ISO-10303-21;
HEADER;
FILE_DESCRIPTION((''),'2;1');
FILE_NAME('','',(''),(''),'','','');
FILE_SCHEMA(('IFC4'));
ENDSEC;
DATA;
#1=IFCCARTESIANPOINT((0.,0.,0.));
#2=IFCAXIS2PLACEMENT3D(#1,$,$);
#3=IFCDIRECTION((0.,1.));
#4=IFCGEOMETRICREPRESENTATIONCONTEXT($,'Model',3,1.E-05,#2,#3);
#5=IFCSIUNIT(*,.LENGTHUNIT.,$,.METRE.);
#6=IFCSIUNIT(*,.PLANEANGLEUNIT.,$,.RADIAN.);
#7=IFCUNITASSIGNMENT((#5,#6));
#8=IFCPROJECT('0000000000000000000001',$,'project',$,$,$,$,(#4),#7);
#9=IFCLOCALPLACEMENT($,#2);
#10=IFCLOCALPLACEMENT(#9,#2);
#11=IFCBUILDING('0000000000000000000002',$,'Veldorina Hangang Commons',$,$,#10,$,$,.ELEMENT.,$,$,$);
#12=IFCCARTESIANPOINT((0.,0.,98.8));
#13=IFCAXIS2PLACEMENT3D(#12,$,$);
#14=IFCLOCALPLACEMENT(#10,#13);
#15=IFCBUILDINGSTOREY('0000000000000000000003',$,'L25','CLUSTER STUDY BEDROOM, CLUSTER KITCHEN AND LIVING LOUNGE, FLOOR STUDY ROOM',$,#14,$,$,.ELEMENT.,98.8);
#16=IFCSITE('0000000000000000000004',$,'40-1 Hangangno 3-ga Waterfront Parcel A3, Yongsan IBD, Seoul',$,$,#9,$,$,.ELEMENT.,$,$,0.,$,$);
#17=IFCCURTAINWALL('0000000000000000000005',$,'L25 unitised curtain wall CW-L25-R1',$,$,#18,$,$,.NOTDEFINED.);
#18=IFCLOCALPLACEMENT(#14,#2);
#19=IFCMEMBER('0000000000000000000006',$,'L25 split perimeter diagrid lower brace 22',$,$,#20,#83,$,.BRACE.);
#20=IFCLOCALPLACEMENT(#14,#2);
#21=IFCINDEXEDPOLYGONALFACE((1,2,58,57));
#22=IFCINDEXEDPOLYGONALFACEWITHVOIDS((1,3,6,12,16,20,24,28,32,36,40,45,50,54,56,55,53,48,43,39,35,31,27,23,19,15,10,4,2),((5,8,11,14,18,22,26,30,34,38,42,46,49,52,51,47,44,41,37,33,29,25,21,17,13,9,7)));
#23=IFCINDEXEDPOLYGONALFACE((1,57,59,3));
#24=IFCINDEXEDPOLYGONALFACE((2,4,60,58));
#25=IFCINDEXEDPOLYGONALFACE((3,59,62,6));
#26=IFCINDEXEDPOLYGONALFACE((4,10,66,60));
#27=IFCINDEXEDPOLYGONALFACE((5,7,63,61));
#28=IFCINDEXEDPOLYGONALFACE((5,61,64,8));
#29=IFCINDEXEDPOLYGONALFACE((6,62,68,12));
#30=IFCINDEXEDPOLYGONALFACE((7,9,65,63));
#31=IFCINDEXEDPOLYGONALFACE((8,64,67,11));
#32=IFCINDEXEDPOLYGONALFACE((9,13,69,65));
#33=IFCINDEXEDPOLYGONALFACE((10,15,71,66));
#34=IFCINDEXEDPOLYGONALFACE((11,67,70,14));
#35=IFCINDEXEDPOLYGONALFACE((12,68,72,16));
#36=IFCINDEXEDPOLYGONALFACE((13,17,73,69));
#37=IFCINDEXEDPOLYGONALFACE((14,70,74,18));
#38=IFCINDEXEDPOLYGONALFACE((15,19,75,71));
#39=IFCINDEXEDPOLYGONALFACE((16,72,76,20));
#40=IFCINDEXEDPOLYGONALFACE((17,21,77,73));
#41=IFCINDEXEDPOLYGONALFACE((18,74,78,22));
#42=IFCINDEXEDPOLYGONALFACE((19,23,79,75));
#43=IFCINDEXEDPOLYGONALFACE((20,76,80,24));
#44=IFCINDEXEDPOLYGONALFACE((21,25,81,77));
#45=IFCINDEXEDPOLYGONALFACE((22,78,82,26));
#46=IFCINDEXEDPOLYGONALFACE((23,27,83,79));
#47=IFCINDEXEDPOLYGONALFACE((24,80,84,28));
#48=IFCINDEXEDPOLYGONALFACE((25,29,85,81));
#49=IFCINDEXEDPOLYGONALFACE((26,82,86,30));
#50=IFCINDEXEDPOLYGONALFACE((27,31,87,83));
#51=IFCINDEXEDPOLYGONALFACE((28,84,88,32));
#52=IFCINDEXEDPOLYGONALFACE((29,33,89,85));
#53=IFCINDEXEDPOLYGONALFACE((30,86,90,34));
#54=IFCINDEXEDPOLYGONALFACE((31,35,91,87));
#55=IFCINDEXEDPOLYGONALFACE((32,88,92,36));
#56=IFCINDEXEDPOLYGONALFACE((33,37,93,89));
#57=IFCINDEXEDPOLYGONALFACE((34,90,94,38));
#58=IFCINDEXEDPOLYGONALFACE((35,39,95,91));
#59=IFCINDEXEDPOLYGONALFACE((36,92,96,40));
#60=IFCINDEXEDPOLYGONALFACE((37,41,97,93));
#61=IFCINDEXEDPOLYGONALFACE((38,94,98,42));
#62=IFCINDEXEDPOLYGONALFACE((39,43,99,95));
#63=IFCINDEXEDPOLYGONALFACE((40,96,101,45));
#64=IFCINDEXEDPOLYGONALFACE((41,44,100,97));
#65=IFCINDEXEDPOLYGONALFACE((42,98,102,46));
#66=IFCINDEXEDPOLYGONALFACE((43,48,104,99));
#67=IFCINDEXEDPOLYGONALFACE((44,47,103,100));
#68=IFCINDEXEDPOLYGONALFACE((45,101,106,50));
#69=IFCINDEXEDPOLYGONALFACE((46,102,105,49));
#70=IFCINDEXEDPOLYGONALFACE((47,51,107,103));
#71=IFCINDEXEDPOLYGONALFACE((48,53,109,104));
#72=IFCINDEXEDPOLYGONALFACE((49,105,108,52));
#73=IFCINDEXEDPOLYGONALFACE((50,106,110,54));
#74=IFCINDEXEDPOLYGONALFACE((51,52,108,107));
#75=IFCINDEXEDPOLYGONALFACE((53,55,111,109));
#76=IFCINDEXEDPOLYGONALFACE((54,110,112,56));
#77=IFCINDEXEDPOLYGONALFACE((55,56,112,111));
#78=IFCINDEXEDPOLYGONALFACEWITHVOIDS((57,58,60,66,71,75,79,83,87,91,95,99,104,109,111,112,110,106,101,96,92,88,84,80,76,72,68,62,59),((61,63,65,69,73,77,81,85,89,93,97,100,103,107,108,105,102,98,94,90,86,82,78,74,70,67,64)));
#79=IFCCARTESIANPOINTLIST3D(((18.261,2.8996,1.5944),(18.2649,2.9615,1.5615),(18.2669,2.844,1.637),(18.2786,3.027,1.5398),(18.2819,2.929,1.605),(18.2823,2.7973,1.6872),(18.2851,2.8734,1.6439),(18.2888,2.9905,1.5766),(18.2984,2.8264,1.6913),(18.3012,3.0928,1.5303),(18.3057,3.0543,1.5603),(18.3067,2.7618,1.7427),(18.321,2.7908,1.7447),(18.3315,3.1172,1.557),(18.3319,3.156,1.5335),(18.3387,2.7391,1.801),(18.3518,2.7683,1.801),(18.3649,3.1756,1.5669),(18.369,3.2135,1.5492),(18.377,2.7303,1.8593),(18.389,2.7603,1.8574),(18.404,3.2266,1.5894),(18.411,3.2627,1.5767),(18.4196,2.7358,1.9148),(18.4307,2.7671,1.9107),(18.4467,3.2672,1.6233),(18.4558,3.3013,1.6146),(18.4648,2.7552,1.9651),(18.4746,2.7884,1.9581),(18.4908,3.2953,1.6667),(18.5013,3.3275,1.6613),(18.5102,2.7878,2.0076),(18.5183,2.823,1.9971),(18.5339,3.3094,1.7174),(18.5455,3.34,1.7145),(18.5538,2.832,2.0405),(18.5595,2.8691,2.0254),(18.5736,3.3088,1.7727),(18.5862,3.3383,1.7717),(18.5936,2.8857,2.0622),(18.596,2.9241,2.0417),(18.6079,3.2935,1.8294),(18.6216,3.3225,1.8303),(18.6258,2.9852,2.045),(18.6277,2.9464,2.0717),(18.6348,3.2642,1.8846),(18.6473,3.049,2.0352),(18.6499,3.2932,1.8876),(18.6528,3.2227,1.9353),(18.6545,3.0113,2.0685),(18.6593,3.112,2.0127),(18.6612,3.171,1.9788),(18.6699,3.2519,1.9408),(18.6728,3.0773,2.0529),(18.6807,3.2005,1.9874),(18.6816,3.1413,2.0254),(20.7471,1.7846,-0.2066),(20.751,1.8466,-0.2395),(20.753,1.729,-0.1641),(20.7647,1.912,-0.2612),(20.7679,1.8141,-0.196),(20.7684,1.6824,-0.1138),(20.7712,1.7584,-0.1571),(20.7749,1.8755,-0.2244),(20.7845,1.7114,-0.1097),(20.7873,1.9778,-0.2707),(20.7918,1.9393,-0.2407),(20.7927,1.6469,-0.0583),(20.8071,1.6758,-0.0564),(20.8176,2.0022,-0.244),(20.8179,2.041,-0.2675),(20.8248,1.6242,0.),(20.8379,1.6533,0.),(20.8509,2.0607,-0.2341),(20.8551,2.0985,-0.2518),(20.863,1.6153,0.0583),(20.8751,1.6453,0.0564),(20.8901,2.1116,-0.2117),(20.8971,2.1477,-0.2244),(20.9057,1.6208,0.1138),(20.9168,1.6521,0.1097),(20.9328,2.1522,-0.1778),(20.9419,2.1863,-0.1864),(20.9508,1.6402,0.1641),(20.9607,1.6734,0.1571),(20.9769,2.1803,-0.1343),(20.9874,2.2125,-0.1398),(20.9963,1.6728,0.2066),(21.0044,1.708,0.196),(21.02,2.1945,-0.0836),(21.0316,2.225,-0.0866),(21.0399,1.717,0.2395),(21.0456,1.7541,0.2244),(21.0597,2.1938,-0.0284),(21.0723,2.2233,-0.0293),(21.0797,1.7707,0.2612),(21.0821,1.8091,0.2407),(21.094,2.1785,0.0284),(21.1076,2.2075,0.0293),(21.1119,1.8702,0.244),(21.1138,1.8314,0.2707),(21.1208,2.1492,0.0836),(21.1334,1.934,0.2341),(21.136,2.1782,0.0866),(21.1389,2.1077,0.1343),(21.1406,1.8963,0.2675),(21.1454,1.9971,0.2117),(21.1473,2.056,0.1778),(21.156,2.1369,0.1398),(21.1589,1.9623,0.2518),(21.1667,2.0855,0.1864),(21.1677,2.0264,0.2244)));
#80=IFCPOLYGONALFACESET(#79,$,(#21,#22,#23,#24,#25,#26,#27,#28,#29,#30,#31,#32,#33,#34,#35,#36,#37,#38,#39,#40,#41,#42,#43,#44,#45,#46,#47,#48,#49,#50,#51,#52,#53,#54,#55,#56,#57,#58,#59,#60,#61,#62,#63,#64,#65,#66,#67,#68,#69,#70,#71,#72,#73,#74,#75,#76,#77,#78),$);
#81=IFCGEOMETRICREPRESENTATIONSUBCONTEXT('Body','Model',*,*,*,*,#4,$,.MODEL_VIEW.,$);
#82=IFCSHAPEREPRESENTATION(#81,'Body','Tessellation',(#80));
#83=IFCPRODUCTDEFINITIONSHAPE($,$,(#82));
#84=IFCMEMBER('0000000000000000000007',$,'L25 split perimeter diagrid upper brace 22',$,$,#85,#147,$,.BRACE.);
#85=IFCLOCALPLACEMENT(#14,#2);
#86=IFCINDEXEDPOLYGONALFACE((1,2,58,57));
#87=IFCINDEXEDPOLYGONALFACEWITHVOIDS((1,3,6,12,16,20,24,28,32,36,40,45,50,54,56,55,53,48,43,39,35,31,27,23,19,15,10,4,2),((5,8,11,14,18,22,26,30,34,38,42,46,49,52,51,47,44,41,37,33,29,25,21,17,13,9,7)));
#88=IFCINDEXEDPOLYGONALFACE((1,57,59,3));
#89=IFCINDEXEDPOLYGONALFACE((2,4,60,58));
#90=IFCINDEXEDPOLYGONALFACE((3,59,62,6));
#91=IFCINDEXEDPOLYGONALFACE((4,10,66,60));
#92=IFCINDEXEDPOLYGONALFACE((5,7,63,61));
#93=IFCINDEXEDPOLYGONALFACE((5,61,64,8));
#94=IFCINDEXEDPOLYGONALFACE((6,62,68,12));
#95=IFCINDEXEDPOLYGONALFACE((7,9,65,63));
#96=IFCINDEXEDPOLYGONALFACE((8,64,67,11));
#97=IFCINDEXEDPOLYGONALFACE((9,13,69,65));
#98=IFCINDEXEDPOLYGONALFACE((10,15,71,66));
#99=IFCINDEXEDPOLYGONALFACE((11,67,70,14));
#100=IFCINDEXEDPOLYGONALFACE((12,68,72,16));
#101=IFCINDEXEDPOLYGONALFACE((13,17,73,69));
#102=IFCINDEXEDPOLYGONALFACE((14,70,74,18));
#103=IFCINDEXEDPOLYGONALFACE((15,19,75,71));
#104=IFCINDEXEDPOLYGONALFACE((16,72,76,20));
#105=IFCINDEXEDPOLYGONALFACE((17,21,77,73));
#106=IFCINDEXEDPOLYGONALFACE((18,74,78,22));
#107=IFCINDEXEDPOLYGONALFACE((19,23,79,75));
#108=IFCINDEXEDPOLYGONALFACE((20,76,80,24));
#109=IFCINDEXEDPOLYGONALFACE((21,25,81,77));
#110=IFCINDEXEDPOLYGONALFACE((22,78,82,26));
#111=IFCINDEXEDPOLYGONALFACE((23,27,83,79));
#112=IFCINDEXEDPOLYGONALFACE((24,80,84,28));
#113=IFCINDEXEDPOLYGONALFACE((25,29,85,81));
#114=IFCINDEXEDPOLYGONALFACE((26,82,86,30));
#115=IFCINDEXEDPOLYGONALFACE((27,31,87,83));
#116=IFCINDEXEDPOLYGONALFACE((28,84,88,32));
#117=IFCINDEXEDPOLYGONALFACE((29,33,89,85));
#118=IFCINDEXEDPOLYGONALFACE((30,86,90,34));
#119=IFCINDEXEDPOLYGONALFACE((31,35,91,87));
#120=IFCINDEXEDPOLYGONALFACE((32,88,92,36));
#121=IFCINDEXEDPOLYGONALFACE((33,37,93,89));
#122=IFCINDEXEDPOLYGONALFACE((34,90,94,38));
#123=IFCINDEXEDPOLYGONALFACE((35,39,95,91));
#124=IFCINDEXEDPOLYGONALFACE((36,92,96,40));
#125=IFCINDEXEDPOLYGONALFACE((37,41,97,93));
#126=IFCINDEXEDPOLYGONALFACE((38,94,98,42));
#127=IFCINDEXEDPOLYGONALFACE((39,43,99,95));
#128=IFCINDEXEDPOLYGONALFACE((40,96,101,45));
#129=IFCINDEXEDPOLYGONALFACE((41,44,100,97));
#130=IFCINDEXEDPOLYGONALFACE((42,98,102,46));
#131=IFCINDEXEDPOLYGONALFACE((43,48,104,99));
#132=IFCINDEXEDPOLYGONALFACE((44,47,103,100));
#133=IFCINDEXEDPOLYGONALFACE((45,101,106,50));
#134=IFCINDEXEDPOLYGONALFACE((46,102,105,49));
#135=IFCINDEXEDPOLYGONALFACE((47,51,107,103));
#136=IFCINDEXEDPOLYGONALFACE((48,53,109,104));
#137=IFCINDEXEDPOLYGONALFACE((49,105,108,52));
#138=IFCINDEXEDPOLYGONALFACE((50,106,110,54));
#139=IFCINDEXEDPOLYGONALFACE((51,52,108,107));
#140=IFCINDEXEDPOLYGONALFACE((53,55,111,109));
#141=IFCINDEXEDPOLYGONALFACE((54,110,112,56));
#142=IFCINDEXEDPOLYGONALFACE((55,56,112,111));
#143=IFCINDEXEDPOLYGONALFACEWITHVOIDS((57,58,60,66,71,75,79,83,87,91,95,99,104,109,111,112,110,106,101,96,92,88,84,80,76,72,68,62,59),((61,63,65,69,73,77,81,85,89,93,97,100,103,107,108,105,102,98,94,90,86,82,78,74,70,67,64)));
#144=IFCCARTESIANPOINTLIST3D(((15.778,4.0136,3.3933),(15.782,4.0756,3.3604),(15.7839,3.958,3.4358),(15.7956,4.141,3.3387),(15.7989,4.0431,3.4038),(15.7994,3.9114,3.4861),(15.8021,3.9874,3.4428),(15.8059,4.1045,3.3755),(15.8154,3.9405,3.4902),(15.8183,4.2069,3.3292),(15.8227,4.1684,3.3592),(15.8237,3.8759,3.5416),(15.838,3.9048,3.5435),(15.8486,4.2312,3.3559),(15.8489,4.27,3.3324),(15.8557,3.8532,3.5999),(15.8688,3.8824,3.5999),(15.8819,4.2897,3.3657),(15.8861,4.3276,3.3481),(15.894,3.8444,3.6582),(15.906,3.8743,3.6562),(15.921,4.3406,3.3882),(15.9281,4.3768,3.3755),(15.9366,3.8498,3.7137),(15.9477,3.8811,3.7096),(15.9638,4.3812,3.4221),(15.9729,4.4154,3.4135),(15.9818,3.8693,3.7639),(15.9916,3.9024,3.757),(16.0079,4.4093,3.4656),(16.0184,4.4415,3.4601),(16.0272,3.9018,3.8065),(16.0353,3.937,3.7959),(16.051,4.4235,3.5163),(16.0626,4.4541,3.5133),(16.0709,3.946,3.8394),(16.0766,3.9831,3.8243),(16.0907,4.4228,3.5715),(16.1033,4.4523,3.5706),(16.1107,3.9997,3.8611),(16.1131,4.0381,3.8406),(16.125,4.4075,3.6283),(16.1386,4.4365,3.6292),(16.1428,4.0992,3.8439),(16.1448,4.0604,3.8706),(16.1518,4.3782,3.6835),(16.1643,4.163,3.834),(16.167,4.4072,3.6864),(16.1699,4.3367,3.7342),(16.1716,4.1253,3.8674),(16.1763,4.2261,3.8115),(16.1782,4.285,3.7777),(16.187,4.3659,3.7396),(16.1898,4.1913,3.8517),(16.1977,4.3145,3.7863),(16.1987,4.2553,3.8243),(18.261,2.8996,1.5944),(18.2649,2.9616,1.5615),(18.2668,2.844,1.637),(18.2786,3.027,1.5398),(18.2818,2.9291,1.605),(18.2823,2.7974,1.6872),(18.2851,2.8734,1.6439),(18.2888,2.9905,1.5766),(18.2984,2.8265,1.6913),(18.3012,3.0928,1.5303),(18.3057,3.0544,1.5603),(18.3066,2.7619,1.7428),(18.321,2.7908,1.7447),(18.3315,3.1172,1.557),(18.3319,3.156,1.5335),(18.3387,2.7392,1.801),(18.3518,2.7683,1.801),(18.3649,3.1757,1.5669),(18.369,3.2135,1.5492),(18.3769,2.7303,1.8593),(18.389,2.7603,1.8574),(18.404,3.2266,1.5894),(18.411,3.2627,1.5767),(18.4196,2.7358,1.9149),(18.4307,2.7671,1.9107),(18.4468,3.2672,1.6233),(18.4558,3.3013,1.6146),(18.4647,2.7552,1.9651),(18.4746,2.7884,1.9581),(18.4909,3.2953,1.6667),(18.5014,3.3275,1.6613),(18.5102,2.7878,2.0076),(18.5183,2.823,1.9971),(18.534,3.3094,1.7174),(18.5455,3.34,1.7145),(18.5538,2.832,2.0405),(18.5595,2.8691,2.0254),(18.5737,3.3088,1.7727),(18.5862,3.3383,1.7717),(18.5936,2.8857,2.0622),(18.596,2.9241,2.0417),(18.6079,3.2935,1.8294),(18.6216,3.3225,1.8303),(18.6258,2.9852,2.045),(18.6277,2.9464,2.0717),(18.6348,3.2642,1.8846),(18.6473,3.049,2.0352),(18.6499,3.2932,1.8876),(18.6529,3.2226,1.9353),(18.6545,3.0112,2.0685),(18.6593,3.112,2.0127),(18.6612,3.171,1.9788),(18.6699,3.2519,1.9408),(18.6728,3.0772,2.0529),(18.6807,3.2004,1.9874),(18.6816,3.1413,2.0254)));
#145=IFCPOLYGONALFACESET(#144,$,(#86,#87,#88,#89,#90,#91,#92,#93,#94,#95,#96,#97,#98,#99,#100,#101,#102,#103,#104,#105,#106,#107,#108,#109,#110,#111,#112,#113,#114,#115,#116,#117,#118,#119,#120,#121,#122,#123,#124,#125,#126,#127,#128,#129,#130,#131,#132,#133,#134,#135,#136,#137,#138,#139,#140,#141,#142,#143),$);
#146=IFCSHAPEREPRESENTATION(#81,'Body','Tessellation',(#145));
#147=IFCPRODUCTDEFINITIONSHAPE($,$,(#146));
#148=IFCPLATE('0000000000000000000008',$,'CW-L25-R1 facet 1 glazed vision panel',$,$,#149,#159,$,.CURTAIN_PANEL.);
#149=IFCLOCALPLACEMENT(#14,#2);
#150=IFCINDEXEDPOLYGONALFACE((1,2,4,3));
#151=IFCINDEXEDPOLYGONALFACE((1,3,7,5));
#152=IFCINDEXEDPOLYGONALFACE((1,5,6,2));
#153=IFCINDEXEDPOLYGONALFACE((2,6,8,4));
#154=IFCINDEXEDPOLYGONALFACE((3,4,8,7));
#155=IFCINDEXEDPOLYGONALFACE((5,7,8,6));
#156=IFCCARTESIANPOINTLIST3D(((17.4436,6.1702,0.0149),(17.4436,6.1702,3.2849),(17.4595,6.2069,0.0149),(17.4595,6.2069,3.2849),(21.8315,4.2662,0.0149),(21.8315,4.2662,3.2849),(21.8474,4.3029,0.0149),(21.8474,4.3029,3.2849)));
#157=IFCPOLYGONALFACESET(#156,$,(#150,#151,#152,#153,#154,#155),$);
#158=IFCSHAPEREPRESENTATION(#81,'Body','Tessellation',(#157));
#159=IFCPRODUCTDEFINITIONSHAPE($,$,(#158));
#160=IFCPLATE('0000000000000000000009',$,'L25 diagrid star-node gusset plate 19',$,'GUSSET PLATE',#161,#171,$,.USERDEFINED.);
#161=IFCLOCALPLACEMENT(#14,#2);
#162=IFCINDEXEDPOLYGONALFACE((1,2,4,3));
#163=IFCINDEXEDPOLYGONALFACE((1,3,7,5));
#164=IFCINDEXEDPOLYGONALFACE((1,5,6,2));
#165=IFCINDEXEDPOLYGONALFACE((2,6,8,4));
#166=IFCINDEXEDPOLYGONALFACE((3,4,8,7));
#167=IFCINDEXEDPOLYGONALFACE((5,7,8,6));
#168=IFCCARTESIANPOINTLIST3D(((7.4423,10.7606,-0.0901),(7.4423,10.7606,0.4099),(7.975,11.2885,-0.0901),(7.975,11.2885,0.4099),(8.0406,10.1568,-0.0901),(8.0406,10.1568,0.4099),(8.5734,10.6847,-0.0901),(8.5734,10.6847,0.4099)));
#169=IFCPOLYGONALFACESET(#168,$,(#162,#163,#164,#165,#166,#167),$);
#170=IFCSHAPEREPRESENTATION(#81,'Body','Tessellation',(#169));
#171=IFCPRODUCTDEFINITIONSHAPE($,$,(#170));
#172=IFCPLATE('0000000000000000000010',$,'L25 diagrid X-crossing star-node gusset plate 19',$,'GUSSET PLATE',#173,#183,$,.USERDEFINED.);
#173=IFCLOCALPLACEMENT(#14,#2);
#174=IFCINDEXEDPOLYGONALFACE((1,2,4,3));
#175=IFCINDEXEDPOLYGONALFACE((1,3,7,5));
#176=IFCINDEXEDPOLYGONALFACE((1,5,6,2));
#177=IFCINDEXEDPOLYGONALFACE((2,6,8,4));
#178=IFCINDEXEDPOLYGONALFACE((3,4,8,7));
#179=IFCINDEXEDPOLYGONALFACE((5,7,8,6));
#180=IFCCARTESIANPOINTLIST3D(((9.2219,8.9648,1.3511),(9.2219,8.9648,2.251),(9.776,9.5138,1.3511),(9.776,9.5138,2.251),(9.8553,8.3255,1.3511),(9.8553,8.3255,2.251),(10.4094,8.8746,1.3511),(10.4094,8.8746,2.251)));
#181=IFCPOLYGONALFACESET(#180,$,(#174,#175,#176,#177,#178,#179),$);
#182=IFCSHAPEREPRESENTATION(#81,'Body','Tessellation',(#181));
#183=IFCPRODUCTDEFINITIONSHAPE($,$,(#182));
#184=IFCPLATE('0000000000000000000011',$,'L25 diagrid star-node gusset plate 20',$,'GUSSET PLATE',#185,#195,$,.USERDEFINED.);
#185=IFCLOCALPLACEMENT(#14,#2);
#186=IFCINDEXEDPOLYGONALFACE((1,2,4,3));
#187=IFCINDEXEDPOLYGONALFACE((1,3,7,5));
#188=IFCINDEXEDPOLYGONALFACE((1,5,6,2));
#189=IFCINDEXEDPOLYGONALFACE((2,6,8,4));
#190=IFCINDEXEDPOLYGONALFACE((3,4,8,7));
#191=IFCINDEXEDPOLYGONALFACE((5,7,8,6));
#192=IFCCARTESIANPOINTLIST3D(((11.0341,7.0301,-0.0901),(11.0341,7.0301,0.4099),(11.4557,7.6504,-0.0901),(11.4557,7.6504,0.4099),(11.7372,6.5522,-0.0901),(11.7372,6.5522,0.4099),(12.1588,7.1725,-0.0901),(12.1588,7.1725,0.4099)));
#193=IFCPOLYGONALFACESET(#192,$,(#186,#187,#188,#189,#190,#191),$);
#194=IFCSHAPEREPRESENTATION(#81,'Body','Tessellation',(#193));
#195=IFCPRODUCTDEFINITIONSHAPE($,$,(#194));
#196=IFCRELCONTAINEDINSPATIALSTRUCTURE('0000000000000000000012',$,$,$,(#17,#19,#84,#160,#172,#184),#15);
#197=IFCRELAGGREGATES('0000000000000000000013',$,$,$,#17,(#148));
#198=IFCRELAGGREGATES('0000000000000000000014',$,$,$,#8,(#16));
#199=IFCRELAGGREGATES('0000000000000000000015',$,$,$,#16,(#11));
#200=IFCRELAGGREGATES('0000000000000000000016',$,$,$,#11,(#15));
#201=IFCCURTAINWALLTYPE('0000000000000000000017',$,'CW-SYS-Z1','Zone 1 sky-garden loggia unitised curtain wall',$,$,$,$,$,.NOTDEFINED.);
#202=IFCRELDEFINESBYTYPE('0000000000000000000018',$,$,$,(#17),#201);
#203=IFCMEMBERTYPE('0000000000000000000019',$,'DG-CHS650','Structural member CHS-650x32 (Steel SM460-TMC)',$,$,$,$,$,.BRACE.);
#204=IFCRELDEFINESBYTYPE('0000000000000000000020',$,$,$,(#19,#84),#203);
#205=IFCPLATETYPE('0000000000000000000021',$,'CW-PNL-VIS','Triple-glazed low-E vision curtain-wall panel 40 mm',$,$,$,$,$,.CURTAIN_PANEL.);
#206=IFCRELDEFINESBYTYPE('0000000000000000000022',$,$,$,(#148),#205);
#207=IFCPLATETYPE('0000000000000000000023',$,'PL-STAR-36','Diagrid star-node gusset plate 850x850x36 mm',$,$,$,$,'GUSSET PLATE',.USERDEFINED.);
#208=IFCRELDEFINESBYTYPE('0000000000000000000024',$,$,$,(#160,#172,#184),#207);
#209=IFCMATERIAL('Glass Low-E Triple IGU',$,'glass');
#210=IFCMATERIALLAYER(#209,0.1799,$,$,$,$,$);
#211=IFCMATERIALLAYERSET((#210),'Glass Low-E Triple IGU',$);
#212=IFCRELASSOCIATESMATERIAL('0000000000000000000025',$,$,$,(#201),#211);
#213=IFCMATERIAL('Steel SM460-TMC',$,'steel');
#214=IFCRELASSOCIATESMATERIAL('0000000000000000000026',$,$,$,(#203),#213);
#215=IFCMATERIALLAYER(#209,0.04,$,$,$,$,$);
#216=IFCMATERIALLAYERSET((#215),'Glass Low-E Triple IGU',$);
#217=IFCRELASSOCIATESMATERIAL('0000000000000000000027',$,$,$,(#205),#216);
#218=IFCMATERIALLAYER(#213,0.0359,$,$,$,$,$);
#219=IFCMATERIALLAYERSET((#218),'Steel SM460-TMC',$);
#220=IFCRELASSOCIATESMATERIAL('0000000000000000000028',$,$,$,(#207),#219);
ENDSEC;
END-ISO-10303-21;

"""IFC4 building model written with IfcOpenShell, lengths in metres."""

from ifc_helpers import new_model, si_unit, direction, frame, origin, origin_2d, place, context, subcontext, project, spatial, rectangle, hollow_circle, extrude, material, layer, layer_set, material_profile, profile_set, type_object, element, aggregate, save


model = new_model("IFC4")

# Units and contexts
model_context = context("Model", 3, precision=1e-05, world=origin(), true_north=direction((0.0, 1.0)))
body_context = subcontext(model_context, "Body", "Model", "MODEL_VIEW")
ifc_project = project(units=[si_unit("LENGTHUNIT", "METRE"), si_unit("PLANEANGLEUNIT", "RADIAN")], contexts=[model_context])

# Site, building, storey
site_placement = place(None, origin())
site = spatial("IfcSite", under=ifc_project, at=site_placement, Name="40-1 Hangangno 3-ga Waterfront Parcel A3, Yongsan IBD, Seoul", CompositionType="ELEMENT", RefElevation=0.0)
building_placement = place(site_placement, origin())
building = spatial("IfcBuilding", under=site, at=building_placement, Name="Veldorina Hangang Commons", CompositionType="ELEMENT")
storey_placement = place(building_placement, frame((0.0, 0.0, 98.8)))
storey = spatial("IfcBuildingStorey", under=building, at=storey_placement, Name="L25", Description="CLUSTER STUDY BEDROOM, CLUSTER KITCHEN AND LIVING LOUNGE, FLOOR STUDY ROOM", CompositionType="ELEMENT", Elevation=98.8)

# Curtain wall
ifc_material_1 = material(Name="Glass Low-E Triple IGU", Category="glass")
ifc_layer_1 = layer(ifc_material_1, 0.1799)
ifc_layer_set_1 = layer_set([ifc_layer_1], Name="Glass Low-E Triple IGU")
curtain_wall_type = type_object("IfcCurtainWallType", Name="CW-SYS-Z1", Description="Zone 1 sky-garden loggia unitised curtain wall", PredefinedType="NOTDEFINED", material=ifc_layer_set_1)
curtain_wall_placement = place(storey_placement, origin())
curtain_wall = element("IfcCurtainWall", 1, at=curtain_wall_placement, inside=storey, type_object=curtain_wall_type, Name="L25 unitised curtain wall CW-L25-R1", PredefinedType="NOTDEFINED")

# Members
ifc_material_2 = material(Name="Steel SM460-TMC", Category="steel")
ifc_material_profile_1 = material_profile(ifc_material_2, hollow_circle(Radius=0.325, WallThickness=0.032, at=origin_2d()), Name="CHS-650x32")
ifc_profile_set_1 = profile_set([ifc_material_profile_1], Name="Steel SM460-TMC")
member_type_1 = type_object("IfcMemberType", Name="DG-CHS650", Description="Structural member CHS-650x32 (Steel SM460-TMC)", PredefinedType="BRACE", material=ifc_profile_set_1)
member_1_placement = place(storey_placement, frame((20.9578, 1.9207, 0.0), z_axis=(-0.761175, 0.341381, 0.551427), x_axis=(-0.409221, -0.912435, 0.0)))
element("IfcMember", 2, at=member_1_placement, inside=storey, type_object=member_type_1, Name="L25 split perimeter diagrid lower brace 22", PredefinedType="BRACE", context=body_context, shape_type="SweptSolid", body=[
    extrude(hollow_circle(Radius=0.325, WallThickness=0.032, at=origin_2d()), origin(), (0.0, 0.0, 1.0), 3.2661),
])
member_2_placement = place(storey_placement, frame((18.4717, 3.0356, 1.801), z_axis=(-0.761126, 0.341496, 0.551423), x_axis=(-0.409357, -0.912374, 0.0)))
element("IfcMember", 3, at=member_2_placement, inside=storey, type_object=member_type_1, Name="L25 split perimeter diagrid upper brace 22", PredefinedType="BRACE", context=body_context, shape_type="SweptSolid", body=[
    extrude(hollow_circle(Radius=0.325, WallThickness=0.032, at=origin_2d()), origin(), (0.0, 0.0, 1.0), 3.2622),
])

# Plate
ifc_layer_2 = layer(ifc_material_1, 0.04)
ifc_layer_set_2 = layer_set([ifc_layer_2], Name="Glass Low-E Triple IGU")
plate_type_1 = type_object("IfcPlateType", Name="CW-PNL-VIS", Description="Triple-glazed low-E vision curtain-wall panel 40 mm", PredefinedType="CURTAIN_PANEL", material=ifc_layer_set_2)
plate_1_placement = place(storey_placement, frame((19.6455, 5.2366, 0.0149), z_axis=(0.0, 0.0, 1.0), x_axis=(0.917359, -0.398061, 0.0)))
plate_1 = element("IfcPlate", 4, at=plate_1_placement, type_object=plate_type_1, Name="CW-L25-R1 facet 1 glazed vision panel", PredefinedType="CURTAIN_PANEL", context=body_context, shape_type="SweptSolid", body=[
    extrude(rectangle(XDim=4.7832, YDim=0.04, at=origin_2d()), origin(), (0.0, 0.0, 1.0), 3.27),
])
aggregate(curtain_wall, [plate_1])

# Plates
ifc_layer_3 = layer(ifc_material_2, 0.0359)
ifc_layer_set_3 = layer_set([ifc_layer_3], Name="Steel SM460-TMC")
plate_type_2 = type_object("IfcPlateType", Name="PL-STAR-36", Description="Diagrid star-node gusset plate 850x850x36 mm", ElementType="GUSSET PLATE", PredefinedType="USERDEFINED", material=ifc_layer_set_3)
plate_2_placement = place(storey_placement, frame((8.0078, 10.7227, -0.0901), z_axis=(0.0, 0.0, 1.0), x_axis=(0.703866, -0.710333, 0.0)))
element("IfcPlate", 5, at=plate_2_placement, inside=storey, type_object=plate_type_2, Name="L25 diagrid star-node gusset plate 19", ObjectType="GUSSET PLATE", PredefinedType="USERDEFINED", context=body_context, shape_type="SweptSolid", body=[
    extrude(rectangle(XDim=0.8501, YDim=0.75, at=origin_2d()), origin(), (0.0, 0.0, 1.0), 0.5),
])
plate_3_placement = place(storey_placement, frame((9.8157, 8.9197, 1.3511), z_axis=(0.0, 0.0, 1.0), x_axis=(0.703866, -0.710333, 0.0)))
element("IfcPlate", 6, at=plate_3_placement, inside=storey, type_object=plate_type_2, Name="L25 diagrid X-crossing star-node gusset plate 19", ObjectType="GUSSET PLATE", PredefinedType="USERDEFINED", context=body_context, shape_type="SweptSolid", body=[
    extrude(rectangle(XDim=0.8999, YDim=0.78, at=origin_2d()), origin(), (0.0, 0.0, 1.0), 0.8999),
])
for number, where, z_axis, x_axis, name in (
    (7, (11.5964, 7.1013, -0.0901), (0.0, 0.0, 1.0), (0.827041, -0.562141, 0.0), "L25 diagrid star-node gusset plate 20"),
):
    element("IfcPlate", number, at=place(storey_placement, frame(where, z_axis=z_axis, x_axis=x_axis)), inside=storey, type_object=plate_type_2, Name=name, ObjectType="GUSSET PLATE", PredefinedType="USERDEFINED", context=body_context, shape_type="SweptSolid", body=[
        extrude(rectangle(XDim=0.8501, YDim=0.75, at=origin_2d()), origin(), (0.0, 0.0, 1.0), 0.5),
    ])

save(model, "model.ifc")
